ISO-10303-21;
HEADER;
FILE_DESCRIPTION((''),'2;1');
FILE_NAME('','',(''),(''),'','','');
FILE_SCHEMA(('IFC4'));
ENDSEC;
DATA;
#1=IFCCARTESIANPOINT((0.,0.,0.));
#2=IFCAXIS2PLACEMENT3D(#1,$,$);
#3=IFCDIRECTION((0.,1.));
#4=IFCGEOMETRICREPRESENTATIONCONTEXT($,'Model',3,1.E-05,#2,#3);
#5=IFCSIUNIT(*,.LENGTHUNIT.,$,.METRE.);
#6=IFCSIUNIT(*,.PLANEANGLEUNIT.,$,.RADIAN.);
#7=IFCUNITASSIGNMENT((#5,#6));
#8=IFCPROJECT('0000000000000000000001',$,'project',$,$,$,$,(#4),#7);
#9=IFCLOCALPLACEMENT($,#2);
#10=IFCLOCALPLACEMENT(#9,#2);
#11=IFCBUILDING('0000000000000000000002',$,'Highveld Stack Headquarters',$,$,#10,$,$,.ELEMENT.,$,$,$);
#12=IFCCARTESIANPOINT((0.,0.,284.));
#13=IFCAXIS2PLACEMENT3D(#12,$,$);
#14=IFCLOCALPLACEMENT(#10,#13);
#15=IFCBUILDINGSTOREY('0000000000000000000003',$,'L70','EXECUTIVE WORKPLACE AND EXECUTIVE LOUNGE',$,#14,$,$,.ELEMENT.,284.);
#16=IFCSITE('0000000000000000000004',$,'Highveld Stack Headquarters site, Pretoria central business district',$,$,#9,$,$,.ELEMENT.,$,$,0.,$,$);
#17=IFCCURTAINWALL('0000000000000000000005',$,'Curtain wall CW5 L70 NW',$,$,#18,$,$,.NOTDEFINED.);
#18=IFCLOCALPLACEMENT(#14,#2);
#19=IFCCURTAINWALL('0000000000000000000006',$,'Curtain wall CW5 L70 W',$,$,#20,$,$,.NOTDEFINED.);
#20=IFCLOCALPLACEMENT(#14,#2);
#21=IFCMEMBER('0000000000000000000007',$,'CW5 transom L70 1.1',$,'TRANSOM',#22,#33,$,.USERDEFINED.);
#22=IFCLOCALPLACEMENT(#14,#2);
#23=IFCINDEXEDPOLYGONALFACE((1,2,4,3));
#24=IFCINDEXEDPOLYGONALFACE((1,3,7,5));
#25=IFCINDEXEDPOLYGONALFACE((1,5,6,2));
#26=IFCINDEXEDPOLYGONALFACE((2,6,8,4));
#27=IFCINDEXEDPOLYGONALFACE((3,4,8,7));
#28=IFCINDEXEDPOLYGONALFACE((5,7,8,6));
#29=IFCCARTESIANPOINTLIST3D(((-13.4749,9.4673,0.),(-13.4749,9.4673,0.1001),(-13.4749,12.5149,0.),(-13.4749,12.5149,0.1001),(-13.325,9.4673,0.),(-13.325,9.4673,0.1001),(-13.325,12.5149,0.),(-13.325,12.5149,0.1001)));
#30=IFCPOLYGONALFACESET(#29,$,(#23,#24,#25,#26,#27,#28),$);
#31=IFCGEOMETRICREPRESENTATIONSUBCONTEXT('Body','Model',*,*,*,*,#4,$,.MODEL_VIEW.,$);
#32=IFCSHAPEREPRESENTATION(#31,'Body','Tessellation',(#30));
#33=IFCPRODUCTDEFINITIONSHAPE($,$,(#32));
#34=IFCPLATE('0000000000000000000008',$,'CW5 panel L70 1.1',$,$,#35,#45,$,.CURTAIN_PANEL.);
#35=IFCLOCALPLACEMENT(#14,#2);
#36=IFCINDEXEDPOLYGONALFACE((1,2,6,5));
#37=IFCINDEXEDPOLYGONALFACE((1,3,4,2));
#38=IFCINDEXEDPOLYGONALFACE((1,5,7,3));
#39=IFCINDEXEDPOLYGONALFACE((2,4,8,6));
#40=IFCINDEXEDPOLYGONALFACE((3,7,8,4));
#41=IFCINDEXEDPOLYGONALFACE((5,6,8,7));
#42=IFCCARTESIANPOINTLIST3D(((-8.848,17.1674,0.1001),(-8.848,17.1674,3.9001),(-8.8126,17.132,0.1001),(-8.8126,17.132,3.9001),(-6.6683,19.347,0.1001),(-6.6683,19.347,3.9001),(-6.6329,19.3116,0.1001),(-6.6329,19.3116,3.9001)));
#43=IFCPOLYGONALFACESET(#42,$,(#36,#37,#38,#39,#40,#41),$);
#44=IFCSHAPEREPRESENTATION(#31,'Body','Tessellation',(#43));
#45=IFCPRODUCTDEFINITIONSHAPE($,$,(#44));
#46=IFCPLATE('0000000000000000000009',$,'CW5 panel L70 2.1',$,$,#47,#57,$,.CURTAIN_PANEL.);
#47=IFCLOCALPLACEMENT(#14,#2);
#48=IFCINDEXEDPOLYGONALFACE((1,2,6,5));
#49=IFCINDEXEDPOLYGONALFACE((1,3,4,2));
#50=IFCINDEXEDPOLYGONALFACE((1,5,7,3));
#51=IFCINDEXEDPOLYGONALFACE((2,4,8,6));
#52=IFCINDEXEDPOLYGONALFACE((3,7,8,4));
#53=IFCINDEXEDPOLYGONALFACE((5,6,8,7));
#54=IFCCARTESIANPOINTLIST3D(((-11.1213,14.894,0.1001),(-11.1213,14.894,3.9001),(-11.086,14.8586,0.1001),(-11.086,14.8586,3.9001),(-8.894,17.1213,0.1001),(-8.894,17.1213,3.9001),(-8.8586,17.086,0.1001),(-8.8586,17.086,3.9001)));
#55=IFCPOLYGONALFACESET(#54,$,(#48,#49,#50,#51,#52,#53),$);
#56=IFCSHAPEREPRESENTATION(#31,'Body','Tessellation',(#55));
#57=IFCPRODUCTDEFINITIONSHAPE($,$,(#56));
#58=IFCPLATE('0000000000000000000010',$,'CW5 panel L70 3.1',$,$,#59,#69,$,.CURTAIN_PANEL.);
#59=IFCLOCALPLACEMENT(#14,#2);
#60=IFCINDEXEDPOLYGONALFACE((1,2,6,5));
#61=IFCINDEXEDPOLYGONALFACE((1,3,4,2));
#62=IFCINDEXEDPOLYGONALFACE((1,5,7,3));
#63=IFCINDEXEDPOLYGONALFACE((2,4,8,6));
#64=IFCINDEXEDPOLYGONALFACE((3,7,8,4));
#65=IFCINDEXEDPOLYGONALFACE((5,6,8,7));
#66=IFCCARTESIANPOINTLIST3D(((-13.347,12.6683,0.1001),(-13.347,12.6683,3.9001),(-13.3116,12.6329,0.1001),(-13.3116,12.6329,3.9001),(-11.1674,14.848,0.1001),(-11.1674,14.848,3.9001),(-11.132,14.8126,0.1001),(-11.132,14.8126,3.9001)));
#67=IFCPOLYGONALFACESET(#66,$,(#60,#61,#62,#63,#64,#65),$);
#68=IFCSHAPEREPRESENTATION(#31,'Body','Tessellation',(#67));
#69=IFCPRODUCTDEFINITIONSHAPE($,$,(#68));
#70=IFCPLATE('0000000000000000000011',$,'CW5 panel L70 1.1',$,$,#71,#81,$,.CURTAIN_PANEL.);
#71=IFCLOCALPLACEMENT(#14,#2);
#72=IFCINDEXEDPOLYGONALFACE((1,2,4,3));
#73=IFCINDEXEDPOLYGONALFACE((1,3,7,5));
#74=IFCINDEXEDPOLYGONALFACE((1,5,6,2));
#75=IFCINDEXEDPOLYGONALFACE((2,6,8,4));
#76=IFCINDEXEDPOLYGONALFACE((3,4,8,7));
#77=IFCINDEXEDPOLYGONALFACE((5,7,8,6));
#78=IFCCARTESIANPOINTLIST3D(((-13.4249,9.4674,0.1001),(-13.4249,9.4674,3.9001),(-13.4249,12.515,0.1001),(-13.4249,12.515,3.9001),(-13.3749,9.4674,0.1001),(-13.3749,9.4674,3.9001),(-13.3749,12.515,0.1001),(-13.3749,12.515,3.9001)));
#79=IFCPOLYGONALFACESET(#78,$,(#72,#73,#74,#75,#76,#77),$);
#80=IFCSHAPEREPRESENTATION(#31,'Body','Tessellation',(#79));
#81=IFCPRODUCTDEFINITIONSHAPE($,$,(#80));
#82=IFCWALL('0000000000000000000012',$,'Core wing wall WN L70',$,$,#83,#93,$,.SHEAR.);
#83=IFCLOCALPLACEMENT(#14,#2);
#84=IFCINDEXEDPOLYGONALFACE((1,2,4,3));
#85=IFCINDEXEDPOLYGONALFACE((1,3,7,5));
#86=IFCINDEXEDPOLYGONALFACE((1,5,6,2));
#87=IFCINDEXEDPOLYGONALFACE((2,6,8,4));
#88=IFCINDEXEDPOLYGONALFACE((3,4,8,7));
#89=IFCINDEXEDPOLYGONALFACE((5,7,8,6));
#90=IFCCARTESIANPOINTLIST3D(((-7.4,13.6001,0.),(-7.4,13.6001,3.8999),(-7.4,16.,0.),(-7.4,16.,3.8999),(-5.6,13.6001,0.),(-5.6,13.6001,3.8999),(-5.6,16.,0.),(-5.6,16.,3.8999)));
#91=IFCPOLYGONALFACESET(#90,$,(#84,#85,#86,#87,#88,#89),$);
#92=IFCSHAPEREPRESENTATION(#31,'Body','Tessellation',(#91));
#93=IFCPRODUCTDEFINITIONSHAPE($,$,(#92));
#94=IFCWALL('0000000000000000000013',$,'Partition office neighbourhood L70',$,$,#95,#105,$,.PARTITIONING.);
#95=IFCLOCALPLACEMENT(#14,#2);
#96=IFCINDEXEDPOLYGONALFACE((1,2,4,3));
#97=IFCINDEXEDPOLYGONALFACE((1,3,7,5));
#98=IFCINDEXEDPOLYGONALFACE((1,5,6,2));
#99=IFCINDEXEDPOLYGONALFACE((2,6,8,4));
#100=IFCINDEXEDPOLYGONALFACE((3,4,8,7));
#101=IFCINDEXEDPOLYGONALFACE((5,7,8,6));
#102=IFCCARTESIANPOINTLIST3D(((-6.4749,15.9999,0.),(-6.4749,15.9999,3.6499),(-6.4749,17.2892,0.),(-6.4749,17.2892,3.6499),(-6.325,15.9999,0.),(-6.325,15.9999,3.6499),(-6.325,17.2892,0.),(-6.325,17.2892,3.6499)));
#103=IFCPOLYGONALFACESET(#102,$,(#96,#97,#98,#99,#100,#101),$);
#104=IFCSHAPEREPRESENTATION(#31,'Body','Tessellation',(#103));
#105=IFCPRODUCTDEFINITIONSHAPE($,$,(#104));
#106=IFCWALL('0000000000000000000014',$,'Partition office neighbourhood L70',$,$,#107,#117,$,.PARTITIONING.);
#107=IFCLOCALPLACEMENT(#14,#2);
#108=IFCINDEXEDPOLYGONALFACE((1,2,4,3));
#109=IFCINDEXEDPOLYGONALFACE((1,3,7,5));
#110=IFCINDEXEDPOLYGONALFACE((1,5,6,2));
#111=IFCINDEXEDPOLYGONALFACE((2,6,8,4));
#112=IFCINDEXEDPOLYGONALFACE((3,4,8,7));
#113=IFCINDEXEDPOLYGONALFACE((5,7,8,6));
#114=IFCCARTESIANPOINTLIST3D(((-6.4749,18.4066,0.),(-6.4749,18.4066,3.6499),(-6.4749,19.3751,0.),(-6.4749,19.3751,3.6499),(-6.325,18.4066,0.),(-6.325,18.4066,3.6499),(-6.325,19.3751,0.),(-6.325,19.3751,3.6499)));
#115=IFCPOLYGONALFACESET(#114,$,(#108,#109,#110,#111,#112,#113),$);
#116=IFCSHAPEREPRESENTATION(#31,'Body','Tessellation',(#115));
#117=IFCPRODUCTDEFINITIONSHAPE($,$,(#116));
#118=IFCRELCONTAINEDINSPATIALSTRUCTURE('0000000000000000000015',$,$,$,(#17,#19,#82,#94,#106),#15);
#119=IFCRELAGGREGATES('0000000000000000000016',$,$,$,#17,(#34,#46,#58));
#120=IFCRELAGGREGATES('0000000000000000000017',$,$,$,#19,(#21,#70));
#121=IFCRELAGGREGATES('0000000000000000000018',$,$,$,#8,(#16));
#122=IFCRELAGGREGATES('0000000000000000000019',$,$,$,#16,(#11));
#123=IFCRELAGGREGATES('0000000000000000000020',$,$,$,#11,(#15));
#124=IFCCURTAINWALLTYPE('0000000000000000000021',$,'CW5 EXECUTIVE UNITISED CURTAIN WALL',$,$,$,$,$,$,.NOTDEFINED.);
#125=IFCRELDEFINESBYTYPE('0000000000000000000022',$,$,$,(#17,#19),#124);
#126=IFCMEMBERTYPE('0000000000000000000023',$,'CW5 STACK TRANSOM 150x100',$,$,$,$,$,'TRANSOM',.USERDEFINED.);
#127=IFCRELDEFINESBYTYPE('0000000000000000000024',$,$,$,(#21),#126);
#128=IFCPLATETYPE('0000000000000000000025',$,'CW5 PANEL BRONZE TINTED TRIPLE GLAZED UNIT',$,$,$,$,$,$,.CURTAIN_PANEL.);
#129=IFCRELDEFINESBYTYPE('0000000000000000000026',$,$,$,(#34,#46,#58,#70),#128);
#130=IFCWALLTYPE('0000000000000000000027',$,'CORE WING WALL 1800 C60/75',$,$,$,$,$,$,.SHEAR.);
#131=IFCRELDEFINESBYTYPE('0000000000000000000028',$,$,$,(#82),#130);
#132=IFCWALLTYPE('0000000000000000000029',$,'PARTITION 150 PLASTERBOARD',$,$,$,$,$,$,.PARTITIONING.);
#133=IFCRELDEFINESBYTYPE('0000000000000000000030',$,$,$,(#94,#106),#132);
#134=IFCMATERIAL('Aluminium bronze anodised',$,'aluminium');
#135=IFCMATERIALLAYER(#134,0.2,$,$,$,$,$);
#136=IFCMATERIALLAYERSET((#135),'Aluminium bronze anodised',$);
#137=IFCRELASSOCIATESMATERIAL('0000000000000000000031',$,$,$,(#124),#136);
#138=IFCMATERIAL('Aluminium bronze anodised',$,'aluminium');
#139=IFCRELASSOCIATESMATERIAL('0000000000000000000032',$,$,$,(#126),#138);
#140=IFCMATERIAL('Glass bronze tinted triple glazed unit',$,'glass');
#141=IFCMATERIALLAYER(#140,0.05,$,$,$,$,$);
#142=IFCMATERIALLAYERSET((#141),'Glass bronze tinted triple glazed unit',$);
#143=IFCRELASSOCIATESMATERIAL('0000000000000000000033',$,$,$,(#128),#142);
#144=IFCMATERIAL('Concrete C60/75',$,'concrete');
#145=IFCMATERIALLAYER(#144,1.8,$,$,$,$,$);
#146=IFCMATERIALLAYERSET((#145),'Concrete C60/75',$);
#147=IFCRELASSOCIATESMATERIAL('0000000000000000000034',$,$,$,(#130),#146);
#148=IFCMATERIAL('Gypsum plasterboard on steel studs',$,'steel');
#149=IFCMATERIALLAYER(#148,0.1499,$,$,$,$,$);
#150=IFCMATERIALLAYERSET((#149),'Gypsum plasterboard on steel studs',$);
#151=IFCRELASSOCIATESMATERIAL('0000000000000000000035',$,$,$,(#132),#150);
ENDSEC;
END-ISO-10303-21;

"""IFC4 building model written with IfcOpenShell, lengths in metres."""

from ifc_helpers import new_model, si_unit, direction, frame, frame_2d, origin, origin_2d, place, context, subcontext, project, spatial, rectangle, extrude, material, layer, layer_set, material_profile, profile_set, type_object, element, aggregate, save


model = new_model("IFC4")

# Units and contexts
model_context = context("Model", 3, precision=1e-05, world=origin(), true_north=direction((0.0, 1.0)))
body_context = subcontext(model_context, "Body", "Model", "MODEL_VIEW")
ifc_project = project(units=[si_unit("LENGTHUNIT", "METRE"), si_unit("PLANEANGLEUNIT", "RADIAN")], contexts=[model_context])

# Site, building, storey
site_placement = place(None, origin())
site = spatial("IfcSite", under=ifc_project, at=site_placement, Name="Highveld Stack Headquarters site, Pretoria central business district", CompositionType="ELEMENT", RefElevation=0.0)
building_placement = place(site_placement, origin())
building = spatial("IfcBuilding", under=site, at=building_placement, Name="Highveld Stack Headquarters", CompositionType="ELEMENT")
storey_placement = place(building_placement, frame((0.0, 0.0, 284.0)))
storey = spatial("IfcBuildingStorey", under=building, at=storey_placement, Name="L70", Description="EXECUTIVE WORKPLACE AND EXECUTIVE LOUNGE", CompositionType="ELEMENT", Elevation=284.0)

# Shared definitions
ifc_material_1 = material(Name="Aluminium bronze anodised", Category="aluminium")
ifc_layer_1 = layer(ifc_material_1, 0.2)
ifc_layer_set_1 = layer_set([ifc_layer_1], Name="Aluminium bronze anodised")
curtain_wall_type = type_object("IfcCurtainWallType", Name="CW5 EXECUTIVE UNITISED CURTAIN WALL", PredefinedType="NOTDEFINED", material=ifc_layer_set_1)

# Curtain wall
curtain_wall_1_placement = place(storey_placement, origin())
curtain_wall_1 = element("IfcCurtainWall", 1, at=curtain_wall_1_placement, inside=storey, type_object=curtain_wall_type, Name="Curtain wall CW5 L70 NW", PredefinedType="NOTDEFINED")

# Curtain wall
curtain_wall_2_placement = place(storey_placement, origin())
curtain_wall_2 = element("IfcCurtainWall", 2, at=curtain_wall_2_placement, inside=storey, type_object=curtain_wall_type, Name="Curtain wall CW5 L70 W", PredefinedType="NOTDEFINED")

# Member
ifc_material_2 = material(Name="Aluminium bronze anodised", Category="aluminium")
ifc_material_profile_1 = material_profile(ifc_material_2, rectangle(XDim=0.1499, YDim=0.1001, at=origin_2d()), Name="CW5 TRANSOM 150x100")
ifc_profile_set_1 = profile_set([ifc_material_profile_1], Name="Aluminium bronze anodised")
member_type_1 = type_object("IfcMemberType", Name="CW5 STACK TRANSOM 150x100", ElementType="TRANSOM", PredefinedType="USERDEFINED", material=ifc_profile_set_1)
member_1_placement = place(storey_placement, frame((-13.3999, 12.5149, 0.05), z_axis=(0.0, -1.0, 0.0), x_axis=(1.0, 0.0, 0.0)))
member_1 = element("IfcMember", 3, at=member_1_placement, type_object=member_type_1, Name="CW5 transom L70 1.1", ObjectType="TRANSOM", PredefinedType="USERDEFINED", context=body_context, shape_type="SweptSolid", body=[
    extrude(rectangle(XDim=0.1499, YDim=0.1001, at=origin_2d()), origin(), (0.0, 0.0, 1.0), 3.0476),
])

# Plates
ifc_material_3 = material(Name="Glass bronze tinted triple glazed unit", Category="glass")
ifc_layer_2 = layer(ifc_material_3, 0.05)
ifc_layer_set_2 = layer_set([ifc_layer_2], Name="Glass bronze tinted triple glazed unit")
plate_type = type_object("IfcPlateType", Name="CW5 PANEL BRONZE TINTED TRIPLE GLAZED UNIT", PredefinedType="CURTAIN_PANEL", material=ifc_layer_set_2)
plate_1_placement = place(storey_placement, frame((-7.7405, 18.2395, 0.1001), z_axis=(0.0, 0.0, 1.0), x_axis=(-0.707107, -0.707107, 0.0)))
plate_1 = element("IfcPlate", 4, at=plate_1_placement, type_object=plate_type, Name="CW5 panel L70 1.1", PredefinedType="CURTAIN_PANEL", context=body_context, shape_type="SweptSolid", body=[
    extrude(rectangle(XDim=3.0825, YDim=0.05, at=origin_2d()), origin(), (0.0, 0.0, 1.0), 3.8),
])
plate_2_placement = place(storey_placement, frame((-9.99, 15.99, 0.1001), z_axis=(0.0, 0.0, 1.0), x_axis=(-0.707107, -0.707107, 0.0)))
plate_2 = element("IfcPlate", 5, at=plate_2_placement, type_object=plate_type, Name="CW5 panel L70 2.1", PredefinedType="CURTAIN_PANEL", context=body_context, shape_type="SweptSolid", body=[
    extrude(rectangle(XDim=3.1499, YDim=0.05, at=origin_2d()), origin(), (0.0, 0.0, 1.0), 3.8),
])
plate_3_placement = place(storey_placement, frame((-12.2395, 13.7405, 0.1001), z_axis=(0.0, 0.0, 1.0), x_axis=(-0.707107, -0.707107, 0.0)))
plate_3 = element("IfcPlate", 6, at=plate_3_placement, type_object=plate_type, Name="CW5 panel L70 3.1", PredefinedType="CURTAIN_PANEL", context=body_context, shape_type="SweptSolid", body=[
    extrude(rectangle(XDim=3.0825, YDim=0.05, at=origin_2d()), origin(), (0.0, 0.0, 1.0), 3.8),
])
aggregate(curtain_wall_1, [plate_1, plate_2, plate_3])
plate_4_placement = place(storey_placement, frame((-13.3999, 10.9912, 0.1001), z_axis=(0.0, 0.0, 1.0), x_axis=(0.0, -1.0, 0.0)))
plate_4 = element("IfcPlate", 7, at=plate_4_placement, type_object=plate_type, Name="CW5 panel L70 1.1", PredefinedType="CURTAIN_PANEL", context=body_context, shape_type="SweptSolid", body=[
    extrude(rectangle(XDim=3.0476, YDim=0.05, at=origin_2d()), origin(), (0.0, 0.0, 1.0), 3.8),
])
aggregate(curtain_wall_2, [member_1, plate_4])

# Walls
ifc_material_4 = material(Name="Concrete C60/75", Category="concrete")
ifc_layer_3 = layer(ifc_material_4, 1.8)
ifc_layer_set_3 = layer_set([ifc_layer_3], Name="Concrete C60/75")
wall_type_1 = type_object("IfcWallType", Name="CORE WING WALL 1800 C60/75", PredefinedType="SHEAR", material=ifc_layer_set_3)
wall_1_placement = place(storey_placement, frame((-6.5, 13.6001, 0.0), z_axis=(0.0, 0.0, 1.0), x_axis=(0.0, 1.0, 0.0)))
element("IfcWall", 8, at=wall_1_placement, inside=storey, type_object=wall_type_1, Name="Core wing wall WN L70", PredefinedType="SHEAR", context=body_context, shape_type="SweptSolid", body=[
    extrude(rectangle(XDim=2.3999, YDim=1.8, at=frame_2d((1.2, 0.0))), origin(), (0.0, 0.0, 1.0), 3.8999),
])
ifc_material_5 = material(Name="Gypsum plasterboard on steel studs", Category="steel")
ifc_layer_4 = layer(ifc_material_5, 0.1499)
ifc_layer_set_4 = layer_set([ifc_layer_4], Name="Gypsum plasterboard on steel studs")
wall_type_2 = type_object("IfcWallType", Name="PARTITION 150 PLASTERBOARD", PredefinedType="PARTITIONING", material=ifc_layer_set_4)
wall_2_placement = place(storey_placement, frame((-6.3999, 16.0, 0.0), z_axis=(0.0, 0.0, 1.0), x_axis=(0.0, 1.0, 0.0)))
element("IfcWall", 9, at=wall_2_placement, inside=storey, type_object=wall_type_2, Name="Partition office neighbourhood L70", PredefinedType="PARTITIONING", context=body_context, shape_type="SweptSolid", body=[
    extrude(rectangle(XDim=1.2893, YDim=0.1499, at=frame_2d((0.6445, 0.0))), origin(), (0.0, 0.0, 1.0), 3.6499),
])
wall_3_placement = place(storey_placement, frame((-6.3999, 18.4065, 0.0), z_axis=(0.0, 0.0, 1.0), x_axis=(0.0, 1.0, 0.0)))
element("IfcWall", 10, at=wall_3_placement, inside=storey, type_object=wall_type_2, Name="Partition office neighbourhood L70", PredefinedType="PARTITIONING", context=body_context, shape_type="SweptSolid", body=[
    extrude(rectangle(XDim=0.9685, YDim=0.1499, at=frame_2d((0.4844, 0.0))), origin(), (0.0, 0.0, 1.0), 3.6499),
])

save(model, "model.ifc")
